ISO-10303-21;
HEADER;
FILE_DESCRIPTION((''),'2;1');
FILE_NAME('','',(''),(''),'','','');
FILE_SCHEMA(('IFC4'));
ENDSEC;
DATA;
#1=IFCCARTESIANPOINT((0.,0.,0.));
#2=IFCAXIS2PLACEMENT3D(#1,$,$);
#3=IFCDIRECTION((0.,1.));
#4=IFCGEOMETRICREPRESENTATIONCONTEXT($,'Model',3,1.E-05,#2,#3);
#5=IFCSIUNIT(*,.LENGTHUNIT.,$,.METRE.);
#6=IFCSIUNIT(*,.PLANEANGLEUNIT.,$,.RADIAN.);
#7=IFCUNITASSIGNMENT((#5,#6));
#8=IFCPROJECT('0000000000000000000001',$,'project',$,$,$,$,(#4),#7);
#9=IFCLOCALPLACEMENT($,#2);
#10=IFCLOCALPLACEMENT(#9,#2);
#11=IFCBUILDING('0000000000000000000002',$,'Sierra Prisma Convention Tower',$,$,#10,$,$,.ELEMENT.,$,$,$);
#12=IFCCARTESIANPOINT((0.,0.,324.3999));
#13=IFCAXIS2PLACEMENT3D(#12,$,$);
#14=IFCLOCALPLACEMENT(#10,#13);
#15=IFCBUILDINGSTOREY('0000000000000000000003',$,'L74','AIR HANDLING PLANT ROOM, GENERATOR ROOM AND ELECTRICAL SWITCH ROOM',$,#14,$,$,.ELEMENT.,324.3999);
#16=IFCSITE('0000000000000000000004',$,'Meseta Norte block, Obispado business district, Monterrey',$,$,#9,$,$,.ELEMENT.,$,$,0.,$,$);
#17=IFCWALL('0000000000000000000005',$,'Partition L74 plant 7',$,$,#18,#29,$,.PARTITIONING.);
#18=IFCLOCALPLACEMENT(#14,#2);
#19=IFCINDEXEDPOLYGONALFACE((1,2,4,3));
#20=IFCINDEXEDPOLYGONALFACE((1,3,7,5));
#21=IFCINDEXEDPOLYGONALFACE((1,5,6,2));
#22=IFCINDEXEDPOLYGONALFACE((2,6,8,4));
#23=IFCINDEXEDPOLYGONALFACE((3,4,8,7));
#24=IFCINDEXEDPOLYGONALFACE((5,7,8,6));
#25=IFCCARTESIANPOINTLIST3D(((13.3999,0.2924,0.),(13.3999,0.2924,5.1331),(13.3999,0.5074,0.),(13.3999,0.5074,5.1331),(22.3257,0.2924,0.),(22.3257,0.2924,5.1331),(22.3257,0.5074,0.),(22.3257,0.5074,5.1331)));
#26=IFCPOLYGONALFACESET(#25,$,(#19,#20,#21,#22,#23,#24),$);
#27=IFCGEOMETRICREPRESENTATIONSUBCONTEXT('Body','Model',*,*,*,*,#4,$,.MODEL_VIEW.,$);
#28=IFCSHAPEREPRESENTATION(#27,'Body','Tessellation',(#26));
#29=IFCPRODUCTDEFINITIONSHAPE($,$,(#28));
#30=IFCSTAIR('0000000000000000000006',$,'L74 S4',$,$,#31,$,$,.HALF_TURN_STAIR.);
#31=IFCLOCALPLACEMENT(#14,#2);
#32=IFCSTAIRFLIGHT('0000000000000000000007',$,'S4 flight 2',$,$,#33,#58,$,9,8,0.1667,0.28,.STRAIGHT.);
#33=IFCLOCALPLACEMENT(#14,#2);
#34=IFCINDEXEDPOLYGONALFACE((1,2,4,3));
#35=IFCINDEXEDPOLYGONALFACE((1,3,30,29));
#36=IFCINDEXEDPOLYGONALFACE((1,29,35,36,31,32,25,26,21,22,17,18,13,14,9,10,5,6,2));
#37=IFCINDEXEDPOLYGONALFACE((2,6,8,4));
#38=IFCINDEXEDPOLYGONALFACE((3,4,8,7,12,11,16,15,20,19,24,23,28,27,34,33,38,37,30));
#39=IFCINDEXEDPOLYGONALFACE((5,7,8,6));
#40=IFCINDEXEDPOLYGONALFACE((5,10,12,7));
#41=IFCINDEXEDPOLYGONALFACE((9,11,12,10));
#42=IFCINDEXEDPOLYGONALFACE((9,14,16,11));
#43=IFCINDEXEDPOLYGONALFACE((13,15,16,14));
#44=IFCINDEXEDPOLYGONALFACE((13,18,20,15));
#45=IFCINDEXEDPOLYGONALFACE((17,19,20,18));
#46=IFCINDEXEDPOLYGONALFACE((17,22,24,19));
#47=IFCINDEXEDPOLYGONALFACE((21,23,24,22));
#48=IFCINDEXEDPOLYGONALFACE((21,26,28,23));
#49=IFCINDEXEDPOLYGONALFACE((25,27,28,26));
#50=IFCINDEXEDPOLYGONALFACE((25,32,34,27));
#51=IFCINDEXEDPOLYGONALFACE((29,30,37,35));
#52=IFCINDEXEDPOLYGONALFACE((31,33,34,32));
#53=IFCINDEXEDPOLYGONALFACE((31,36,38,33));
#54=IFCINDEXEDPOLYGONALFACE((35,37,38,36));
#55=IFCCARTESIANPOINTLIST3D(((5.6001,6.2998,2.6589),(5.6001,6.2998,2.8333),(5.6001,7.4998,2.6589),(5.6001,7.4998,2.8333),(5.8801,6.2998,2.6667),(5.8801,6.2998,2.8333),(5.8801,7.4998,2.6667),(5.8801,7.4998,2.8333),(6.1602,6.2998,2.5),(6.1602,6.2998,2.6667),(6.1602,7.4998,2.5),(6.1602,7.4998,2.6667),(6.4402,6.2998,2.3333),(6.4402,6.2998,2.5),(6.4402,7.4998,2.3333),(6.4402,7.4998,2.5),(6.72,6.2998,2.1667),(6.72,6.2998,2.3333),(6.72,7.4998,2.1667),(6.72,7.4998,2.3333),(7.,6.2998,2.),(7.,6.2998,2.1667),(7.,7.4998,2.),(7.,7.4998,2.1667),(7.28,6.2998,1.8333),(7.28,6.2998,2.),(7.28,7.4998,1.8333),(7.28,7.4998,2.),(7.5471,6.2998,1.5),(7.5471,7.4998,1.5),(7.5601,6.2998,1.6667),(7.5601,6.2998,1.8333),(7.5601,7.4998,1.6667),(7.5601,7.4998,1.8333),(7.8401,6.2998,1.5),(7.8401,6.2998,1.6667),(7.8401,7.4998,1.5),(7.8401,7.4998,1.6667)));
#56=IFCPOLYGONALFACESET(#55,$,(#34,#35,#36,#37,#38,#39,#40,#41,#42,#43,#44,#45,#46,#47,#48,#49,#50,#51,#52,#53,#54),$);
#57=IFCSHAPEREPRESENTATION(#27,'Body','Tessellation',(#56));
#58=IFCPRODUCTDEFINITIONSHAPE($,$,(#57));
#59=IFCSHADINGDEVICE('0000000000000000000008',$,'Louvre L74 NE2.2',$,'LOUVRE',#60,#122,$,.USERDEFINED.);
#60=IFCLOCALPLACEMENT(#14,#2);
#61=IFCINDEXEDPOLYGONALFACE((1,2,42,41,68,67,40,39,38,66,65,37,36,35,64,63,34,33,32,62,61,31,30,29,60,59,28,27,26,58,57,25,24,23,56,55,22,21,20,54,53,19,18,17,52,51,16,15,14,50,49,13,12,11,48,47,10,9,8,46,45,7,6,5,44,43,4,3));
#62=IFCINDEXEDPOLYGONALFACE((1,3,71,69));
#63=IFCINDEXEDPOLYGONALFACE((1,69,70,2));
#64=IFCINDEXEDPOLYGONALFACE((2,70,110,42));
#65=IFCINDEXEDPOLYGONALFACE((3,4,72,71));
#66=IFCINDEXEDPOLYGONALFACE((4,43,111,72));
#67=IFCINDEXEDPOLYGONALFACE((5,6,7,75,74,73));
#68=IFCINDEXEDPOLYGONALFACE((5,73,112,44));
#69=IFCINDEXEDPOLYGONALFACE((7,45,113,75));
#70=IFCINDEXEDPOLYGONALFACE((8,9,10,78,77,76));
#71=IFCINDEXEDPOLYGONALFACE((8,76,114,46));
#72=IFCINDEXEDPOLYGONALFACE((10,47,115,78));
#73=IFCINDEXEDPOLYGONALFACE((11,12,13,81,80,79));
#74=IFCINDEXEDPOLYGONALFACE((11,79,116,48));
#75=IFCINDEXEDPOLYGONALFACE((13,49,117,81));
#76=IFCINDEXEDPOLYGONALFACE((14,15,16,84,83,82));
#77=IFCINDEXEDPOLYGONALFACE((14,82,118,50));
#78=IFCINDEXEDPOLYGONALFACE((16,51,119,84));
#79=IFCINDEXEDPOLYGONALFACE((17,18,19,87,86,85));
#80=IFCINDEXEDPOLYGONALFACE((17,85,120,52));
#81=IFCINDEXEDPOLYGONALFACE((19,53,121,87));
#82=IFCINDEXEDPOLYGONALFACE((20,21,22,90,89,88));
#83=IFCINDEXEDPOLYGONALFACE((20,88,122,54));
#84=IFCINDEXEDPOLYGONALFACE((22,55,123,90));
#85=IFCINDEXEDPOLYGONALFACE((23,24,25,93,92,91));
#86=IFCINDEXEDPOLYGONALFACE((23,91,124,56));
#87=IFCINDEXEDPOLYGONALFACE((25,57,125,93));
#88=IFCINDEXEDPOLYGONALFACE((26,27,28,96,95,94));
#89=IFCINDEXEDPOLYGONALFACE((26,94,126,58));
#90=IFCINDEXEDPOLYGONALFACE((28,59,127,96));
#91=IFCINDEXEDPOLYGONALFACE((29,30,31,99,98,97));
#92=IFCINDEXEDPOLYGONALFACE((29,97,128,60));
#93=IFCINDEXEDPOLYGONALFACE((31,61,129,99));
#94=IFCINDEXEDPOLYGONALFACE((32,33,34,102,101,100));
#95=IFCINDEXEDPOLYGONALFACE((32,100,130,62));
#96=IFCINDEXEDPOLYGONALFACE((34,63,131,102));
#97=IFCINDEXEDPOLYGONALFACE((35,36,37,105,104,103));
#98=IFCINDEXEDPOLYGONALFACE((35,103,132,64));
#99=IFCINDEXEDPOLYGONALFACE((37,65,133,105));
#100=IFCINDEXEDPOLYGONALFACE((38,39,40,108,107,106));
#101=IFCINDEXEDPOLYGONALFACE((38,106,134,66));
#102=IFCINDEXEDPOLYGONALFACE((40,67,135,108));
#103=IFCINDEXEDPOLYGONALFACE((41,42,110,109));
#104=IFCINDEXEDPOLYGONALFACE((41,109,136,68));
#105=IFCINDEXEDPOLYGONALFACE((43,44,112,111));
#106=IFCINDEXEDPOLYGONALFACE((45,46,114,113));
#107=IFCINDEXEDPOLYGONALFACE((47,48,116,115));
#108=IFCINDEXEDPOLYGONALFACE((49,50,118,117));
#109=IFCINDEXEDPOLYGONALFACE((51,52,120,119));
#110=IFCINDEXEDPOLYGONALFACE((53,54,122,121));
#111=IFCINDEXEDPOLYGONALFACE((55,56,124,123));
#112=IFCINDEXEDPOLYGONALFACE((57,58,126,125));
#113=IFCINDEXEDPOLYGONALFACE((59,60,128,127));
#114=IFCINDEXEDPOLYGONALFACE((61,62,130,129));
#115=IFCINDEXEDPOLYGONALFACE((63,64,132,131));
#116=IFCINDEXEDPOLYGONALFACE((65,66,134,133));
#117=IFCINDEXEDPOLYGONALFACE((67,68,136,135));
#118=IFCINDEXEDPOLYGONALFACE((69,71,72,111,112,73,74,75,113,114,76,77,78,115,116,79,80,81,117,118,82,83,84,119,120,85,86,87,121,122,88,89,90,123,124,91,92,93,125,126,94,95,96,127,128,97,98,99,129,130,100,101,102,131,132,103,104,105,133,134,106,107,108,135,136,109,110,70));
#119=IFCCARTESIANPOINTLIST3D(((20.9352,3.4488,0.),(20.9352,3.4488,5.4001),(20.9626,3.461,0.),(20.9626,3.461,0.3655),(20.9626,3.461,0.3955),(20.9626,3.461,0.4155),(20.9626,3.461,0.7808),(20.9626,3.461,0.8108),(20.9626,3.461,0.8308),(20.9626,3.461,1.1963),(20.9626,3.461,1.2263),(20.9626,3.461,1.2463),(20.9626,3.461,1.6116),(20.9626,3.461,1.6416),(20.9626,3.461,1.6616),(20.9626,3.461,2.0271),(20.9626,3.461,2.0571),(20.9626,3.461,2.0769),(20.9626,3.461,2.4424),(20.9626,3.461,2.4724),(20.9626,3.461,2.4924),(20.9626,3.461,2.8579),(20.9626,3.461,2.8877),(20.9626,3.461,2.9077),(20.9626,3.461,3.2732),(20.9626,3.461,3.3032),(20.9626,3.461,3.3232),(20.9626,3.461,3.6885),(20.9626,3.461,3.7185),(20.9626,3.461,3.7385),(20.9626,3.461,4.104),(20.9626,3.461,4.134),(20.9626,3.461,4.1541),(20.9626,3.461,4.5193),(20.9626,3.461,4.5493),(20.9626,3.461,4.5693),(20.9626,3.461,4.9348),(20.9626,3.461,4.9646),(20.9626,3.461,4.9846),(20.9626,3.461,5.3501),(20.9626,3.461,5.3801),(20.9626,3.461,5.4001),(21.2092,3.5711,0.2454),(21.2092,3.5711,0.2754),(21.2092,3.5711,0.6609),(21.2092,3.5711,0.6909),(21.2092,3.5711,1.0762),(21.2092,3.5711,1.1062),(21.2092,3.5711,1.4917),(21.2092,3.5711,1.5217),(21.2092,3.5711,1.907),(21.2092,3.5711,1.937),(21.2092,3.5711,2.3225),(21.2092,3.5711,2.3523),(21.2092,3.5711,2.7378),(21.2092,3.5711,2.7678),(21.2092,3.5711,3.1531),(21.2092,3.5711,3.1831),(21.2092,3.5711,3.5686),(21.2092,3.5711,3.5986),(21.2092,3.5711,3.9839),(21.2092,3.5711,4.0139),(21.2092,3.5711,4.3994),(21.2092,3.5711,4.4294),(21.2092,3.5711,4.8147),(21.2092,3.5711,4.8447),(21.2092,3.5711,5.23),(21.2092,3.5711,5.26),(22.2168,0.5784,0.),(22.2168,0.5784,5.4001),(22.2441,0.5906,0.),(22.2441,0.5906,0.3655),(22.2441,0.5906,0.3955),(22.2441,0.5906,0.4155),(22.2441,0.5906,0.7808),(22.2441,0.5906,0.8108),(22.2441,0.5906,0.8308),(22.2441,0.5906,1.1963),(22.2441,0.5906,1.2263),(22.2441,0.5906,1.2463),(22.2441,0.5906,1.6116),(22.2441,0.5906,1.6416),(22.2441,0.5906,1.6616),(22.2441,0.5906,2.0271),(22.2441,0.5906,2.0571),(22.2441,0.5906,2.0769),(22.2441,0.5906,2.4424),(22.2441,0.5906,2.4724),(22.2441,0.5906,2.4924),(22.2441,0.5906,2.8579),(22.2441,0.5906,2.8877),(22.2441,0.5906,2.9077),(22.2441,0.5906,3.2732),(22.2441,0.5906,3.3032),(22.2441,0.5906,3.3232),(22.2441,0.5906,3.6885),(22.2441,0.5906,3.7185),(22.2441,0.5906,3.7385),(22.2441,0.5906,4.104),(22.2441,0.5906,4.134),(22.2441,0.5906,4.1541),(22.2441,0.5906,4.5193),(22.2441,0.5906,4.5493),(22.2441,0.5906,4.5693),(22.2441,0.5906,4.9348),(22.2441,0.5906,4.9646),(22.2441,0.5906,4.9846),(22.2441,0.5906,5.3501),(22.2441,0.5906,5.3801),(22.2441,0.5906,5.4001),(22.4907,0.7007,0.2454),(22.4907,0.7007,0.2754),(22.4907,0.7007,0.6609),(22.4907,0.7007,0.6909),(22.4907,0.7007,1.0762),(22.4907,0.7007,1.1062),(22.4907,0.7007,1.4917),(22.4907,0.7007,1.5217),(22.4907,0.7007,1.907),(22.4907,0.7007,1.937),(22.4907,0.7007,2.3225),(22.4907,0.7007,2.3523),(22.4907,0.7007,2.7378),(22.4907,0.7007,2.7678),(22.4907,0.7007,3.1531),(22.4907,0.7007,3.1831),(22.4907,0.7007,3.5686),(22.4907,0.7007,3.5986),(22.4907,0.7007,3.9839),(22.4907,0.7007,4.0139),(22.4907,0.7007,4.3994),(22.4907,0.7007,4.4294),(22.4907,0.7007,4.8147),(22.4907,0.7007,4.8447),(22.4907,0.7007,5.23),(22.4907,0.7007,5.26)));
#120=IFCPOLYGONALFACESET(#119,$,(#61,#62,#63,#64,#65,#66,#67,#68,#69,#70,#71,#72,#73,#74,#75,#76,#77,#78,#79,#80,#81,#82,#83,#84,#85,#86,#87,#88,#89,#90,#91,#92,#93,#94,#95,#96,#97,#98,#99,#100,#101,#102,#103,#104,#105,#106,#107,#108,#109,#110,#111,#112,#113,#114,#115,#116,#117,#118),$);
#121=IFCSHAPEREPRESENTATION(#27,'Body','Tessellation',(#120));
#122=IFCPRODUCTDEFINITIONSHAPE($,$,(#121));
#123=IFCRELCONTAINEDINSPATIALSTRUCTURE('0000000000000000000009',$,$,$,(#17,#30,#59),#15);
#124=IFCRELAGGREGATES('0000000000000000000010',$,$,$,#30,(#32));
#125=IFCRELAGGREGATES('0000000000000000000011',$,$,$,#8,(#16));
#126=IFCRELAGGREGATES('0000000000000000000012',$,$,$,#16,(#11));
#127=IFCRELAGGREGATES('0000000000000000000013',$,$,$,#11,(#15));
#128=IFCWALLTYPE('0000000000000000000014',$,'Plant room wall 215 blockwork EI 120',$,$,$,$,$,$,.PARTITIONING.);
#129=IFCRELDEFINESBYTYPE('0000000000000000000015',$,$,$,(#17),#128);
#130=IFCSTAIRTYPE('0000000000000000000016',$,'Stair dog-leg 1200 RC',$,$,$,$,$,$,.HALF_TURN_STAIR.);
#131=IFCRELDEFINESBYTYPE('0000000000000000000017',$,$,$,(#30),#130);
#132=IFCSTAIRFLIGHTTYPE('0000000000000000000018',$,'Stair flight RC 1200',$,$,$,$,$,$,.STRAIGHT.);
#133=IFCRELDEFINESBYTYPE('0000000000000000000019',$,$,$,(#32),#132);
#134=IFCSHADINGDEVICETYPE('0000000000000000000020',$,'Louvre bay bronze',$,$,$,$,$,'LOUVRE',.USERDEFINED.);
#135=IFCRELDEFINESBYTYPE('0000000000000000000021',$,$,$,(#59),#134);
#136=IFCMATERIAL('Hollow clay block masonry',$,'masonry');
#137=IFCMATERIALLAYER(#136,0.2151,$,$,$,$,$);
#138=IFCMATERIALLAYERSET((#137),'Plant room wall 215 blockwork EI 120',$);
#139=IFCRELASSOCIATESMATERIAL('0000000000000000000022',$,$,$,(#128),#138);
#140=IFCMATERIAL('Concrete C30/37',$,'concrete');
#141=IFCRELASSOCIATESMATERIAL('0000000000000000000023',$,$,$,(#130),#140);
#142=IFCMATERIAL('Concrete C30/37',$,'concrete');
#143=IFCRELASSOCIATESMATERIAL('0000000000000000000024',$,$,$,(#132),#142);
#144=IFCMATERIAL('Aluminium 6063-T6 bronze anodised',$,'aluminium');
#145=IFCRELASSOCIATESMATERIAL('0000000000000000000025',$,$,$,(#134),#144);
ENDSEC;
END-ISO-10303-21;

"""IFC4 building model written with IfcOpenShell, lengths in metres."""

from ifc_helpers import new_model, si_unit, direction, frame, frame_2d, origin, place, context, subcontext, project, spatial, polyline, rectangle, outline, extrude, material, layer, layer_set, type_object, element, aggregate, save


model = new_model("IFC4")

# Units and contexts
model_context = context("Model", 3, precision=1e-05, world=origin(), true_north=direction((0.0, 1.0)))
body_context = subcontext(model_context, "Body", "Model", "MODEL_VIEW")
ifc_project = project(units=[si_unit("LENGTHUNIT", "METRE"), si_unit("PLANEANGLEUNIT", "RADIAN")], contexts=[model_context])

# Site, building, storey
site_placement = place(None, origin())
site = spatial("IfcSite", under=ifc_project, at=site_placement, Name="Meseta Norte block, Obispado business district, Monterrey", CompositionType="ELEMENT", RefElevation=0.0)
building_placement = place(site_placement, origin())
building = spatial("IfcBuilding", under=site, at=building_placement, Name="Sierra Prisma Convention Tower", CompositionType="ELEMENT")
storey_placement = place(building_placement, frame((0.0, 0.0, 324.3999)))
storey = spatial("IfcBuildingStorey", under=building, at=storey_placement, Name="L74", Description="AIR HANDLING PLANT ROOM, GENERATOR ROOM AND ELECTRICAL SWITCH ROOM", CompositionType="ELEMENT", Elevation=324.3999)

# Wall
ifc_material_1 = material(Name="Hollow clay block masonry", Category="masonry")
ifc_layer_1 = layer(ifc_material_1, 0.2151)
ifc_layer_set_1 = layer_set([ifc_layer_1], Name="Plant room wall 215 blockwork EI 120")
wall_type_1 = type_object("IfcWallType", Name="Plant room wall 215 blockwork EI 120", PredefinedType="PARTITIONING", material=ifc_layer_set_1)
wall_1_placement = place(storey_placement, frame((22.3257, 0.3999, 0.0), z_axis=(0.0, 0.0, 1.0), x_axis=(-1.0, 0.0, 0.0)))
element("IfcWall", 1, at=wall_1_placement, inside=storey, type_object=wall_type_1, Name="Partition L74 plant 7", PredefinedType="PARTITIONING", context=body_context, shape_type="SweptSolid", body=[
    extrude(rectangle(XDim=8.9258, YDim=0.2151, at=frame_2d((4.4629, 0.0))), origin(), (0.0, 0.0, 1.0), 5.1331),
])

# Stair, stair flight
ifc_material_2 = material(Name="Concrete C30/37", Category="concrete")
stair_type = type_object("IfcStairType", Name="Stair dog-leg 1200 RC", PredefinedType="HALF_TURN_STAIR", material=ifc_material_2)
stair_placement = place(storey_placement, origin())
stair = element("IfcStair", 2, at=stair_placement, inside=storey, type_object=stair_type, Name="L74 S4", PredefinedType="HALF_TURN_STAIR")
ifc_material_3 = material(Name="Concrete C30/37", Category="concrete")
stair_flight_type = type_object("IfcStairFlightType", Name="Stair flight RC 1200", PredefinedType="STRAIGHT", material=ifc_material_3)
stair_flight_placement = place(storey_placement, frame((7.8401, 6.8999, 1.5), z_axis=(0.0, 0.0, 1.0), x_axis=(-1.0, 0.0, 0.0)))
stair_flight = element("IfcStairFlight", 3, at=stair_flight_placement, type_object=stair_flight_type, Name="S4 flight 2", NumberOfRisers=9, NumberOfTreads=8, PredefinedType="STRAIGHT", RiserHeight=0.1667, TreadLength=0.28, context=body_context, shape_type="SweptSolid", body=[
    extrude(outline(polyline([(0.0, 0.0), (0.0, 0.1667), (0.28, 0.1667), (0.28, 0.3333), (0.5601, 0.3333), (0.5601, 0.5), (0.8401, 0.5), (0.8401, 0.6667), (1.1201, 0.6667), (1.1201, 0.8333), (1.3999, 0.8333), (1.3999, 1.0), (1.6799, 1.0), (1.6799, 1.1667), (1.96, 1.1667), (1.96, 1.3333), (2.24, 1.3333), (2.24, 1.5), (2.24, 1.1589), (0.293, 0.0), (0.0, 0.0)])), frame((0.0, 0.6001, 0.0), z_axis=(0.0, -1.0, 0.0), x_axis=(1.0, 0.0, 0.0)), (0.0, 0.0, 1.0), 1.2),
])
aggregate(stair, [stair_flight])

# Shading device
ifc_material_4 = material(Name="Aluminium 6063-T6 bronze anodised", Category="aluminium")
shading_device_type = type_object("IfcShadingDeviceType", Name="Louvre bay bronze", ElementType="LOUVRE", PredefinedType="USERDEFINED", material=ifc_material_4)
shading_device_1_placement = place(storey_placement, frame((22.2168, 0.5784, 0.0), z_axis=(0.407683, -0.913124, 0.0), x_axis=(0.0, 0.0, 1.0)))
element("IfcShadingDevice", 4, at=shading_device_1_placement, inside=storey, type_object=shading_device_type, Name="Louvre L74 NE2.2", ObjectType="LOUVRE", PredefinedType="USERDEFINED", context=body_context, shape_type="SweptSolid", body=[
    extrude(outline(polyline([(0.0, 0.0), (5.4001, 0.0), (5.4001, -0.0299), (5.3801, -0.0299), (5.26, -0.3), (5.23, -0.3), (5.3501, -0.0299), (4.9846, -0.0299), (4.9646, -0.0299), (4.8447, -0.3), (4.8147, -0.3), (4.9348, -0.0299), (4.5693, -0.0299), (4.5493, -0.0299), (4.4294, -0.3), (4.3994, -0.3), (4.5193, -0.0299), (4.1541, -0.0299), (4.134, -0.0299), (4.0139, -0.3), (3.9839, -0.3), (4.104, -0.0299), (3.7385, -0.0299), (3.7185, -0.0299), (3.5986, -0.3), (3.5686, -0.3), (3.6885, -0.0299), (3.3232, -0.0299), (3.3032, -0.0299), (3.1831, -0.3), (3.1531, -0.3), (3.2732, -0.0299), (2.9077, -0.0299), (2.8877, -0.0299), (2.7678, -0.3), (2.7378, -0.3), (2.8579, -0.0299), (2.4924, -0.0299), (2.4724, -0.0299), (2.3523, -0.3), (2.3225, -0.3), (2.4424, -0.0299), (2.0769, -0.0299), (2.0571, -0.0299), (1.937, -0.3), (1.907, -0.3), (2.0271, -0.0299), (1.6616, -0.0299), (1.6416, -0.0299), (1.5217, -0.3), (1.4917, -0.3), (1.6116, -0.0299), (1.2463, -0.0299), (1.2263, -0.0299), (1.1062, -0.3), (1.0762, -0.3), (1.1963, -0.0299), (0.8308, -0.0299), (0.8108, -0.0299), (0.6909, -0.3), (0.6609, -0.3), (0.7808, -0.0299), (0.4155, -0.0299), (0.3955, -0.0299), (0.2754, -0.3), (0.2454, -0.3), (0.3655, -0.0299), (0.0, -0.0299), (0.0, 0.0)])), origin(), (0.0, 0.0, -1.0), 3.1436),
])

save(model, "model.ifc")
